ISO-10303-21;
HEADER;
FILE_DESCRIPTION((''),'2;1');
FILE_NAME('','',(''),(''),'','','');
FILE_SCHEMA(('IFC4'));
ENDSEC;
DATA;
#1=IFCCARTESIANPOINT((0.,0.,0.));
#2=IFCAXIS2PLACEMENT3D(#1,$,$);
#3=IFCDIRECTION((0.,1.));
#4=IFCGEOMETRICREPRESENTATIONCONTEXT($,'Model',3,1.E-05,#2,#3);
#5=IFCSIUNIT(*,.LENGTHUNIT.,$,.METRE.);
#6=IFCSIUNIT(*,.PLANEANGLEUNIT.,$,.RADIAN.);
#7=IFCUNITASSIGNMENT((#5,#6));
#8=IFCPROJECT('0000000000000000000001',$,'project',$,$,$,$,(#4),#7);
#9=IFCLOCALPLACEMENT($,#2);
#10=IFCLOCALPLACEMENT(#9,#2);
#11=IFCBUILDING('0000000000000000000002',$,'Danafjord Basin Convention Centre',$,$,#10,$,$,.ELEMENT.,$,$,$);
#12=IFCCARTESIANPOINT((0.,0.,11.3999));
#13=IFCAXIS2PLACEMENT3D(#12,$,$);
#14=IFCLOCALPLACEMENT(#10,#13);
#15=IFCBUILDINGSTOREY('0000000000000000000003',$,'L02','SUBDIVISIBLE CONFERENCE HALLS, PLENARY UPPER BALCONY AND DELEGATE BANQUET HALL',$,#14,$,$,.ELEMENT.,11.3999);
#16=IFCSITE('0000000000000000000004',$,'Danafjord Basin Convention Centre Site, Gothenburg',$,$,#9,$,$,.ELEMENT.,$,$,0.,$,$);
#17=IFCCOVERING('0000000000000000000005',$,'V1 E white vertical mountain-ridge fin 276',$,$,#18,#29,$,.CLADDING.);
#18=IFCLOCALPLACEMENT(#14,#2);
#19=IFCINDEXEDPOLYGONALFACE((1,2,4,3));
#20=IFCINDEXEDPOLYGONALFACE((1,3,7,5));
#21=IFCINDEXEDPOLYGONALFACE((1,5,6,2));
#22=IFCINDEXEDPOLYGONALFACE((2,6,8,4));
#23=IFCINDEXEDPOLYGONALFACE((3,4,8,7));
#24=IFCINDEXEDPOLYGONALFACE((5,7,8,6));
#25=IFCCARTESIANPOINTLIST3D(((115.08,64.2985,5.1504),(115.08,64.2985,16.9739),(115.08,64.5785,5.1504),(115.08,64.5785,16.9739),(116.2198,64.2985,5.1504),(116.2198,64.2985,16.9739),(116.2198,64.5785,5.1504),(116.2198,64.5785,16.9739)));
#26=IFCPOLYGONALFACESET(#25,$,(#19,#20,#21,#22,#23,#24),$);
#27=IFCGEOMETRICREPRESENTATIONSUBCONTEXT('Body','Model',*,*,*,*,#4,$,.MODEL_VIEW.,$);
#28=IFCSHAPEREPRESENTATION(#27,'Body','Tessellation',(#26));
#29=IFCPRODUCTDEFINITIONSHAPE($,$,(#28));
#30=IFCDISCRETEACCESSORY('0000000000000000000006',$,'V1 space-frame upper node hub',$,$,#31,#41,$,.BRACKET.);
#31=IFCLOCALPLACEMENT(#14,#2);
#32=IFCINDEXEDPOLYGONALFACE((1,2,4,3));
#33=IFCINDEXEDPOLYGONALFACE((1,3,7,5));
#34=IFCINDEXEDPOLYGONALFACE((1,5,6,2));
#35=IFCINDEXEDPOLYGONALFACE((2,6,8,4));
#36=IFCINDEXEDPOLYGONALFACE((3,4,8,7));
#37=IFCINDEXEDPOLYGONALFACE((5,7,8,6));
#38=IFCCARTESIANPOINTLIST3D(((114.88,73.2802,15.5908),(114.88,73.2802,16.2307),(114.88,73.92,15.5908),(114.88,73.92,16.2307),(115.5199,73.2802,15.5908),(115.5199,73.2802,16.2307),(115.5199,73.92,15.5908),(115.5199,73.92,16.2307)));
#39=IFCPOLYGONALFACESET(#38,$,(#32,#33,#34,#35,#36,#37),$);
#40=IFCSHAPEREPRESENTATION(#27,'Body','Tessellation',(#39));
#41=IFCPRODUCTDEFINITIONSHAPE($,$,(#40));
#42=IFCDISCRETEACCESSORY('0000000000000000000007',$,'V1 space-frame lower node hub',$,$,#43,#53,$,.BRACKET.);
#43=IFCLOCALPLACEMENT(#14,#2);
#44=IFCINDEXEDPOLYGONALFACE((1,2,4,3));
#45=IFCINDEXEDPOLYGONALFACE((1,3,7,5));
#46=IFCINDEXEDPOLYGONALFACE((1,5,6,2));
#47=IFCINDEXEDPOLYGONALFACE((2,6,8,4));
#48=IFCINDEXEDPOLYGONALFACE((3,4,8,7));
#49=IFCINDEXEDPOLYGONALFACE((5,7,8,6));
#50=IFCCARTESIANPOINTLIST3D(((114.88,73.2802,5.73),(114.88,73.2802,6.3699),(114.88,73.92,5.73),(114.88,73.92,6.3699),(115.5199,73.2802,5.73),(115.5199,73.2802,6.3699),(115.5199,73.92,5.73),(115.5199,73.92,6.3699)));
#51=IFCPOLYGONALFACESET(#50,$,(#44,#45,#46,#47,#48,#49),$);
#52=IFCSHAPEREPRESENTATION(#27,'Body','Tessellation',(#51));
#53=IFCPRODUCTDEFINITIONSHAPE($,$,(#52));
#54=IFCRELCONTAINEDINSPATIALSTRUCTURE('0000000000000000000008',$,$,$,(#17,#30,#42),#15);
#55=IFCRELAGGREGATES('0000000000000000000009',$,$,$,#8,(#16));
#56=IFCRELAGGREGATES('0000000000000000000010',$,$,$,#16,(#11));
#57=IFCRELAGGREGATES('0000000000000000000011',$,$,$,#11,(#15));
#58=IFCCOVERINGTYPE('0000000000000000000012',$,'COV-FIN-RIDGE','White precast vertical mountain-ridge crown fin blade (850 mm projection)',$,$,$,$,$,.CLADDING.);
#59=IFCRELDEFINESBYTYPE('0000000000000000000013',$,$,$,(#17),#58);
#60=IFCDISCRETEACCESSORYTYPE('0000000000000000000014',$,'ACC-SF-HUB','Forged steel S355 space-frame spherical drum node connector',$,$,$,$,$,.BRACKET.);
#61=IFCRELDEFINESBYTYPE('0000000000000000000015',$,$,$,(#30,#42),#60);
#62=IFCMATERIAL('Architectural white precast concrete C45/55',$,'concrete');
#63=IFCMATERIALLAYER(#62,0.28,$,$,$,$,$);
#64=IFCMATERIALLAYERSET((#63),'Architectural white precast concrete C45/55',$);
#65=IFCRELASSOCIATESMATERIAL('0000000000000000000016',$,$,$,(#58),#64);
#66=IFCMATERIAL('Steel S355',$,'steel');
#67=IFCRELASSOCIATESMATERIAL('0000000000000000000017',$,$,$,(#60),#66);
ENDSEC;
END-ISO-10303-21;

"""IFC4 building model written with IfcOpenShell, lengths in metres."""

from ifc_helpers import new_model, si_unit, direction, frame, origin, origin_2d, place, context, subcontext, project, spatial, rectangle, extrude, material, layer, layer_set, type_object, element, save


model = new_model("IFC4")

# Units and contexts
model_context = context("Model", 3, precision=1e-05, world=origin(), true_north=direction((0.0, 1.0)))
body_context = subcontext(model_context, "Body", "Model", "MODEL_VIEW")
ifc_project = project(units=[si_unit("LENGTHUNIT", "METRE"), si_unit("PLANEANGLEUNIT", "RADIAN")], contexts=[model_context])

# Site, building, storey
site_placement = place(None, origin())
site = spatial("IfcSite", under=ifc_project, at=site_placement, Name="Danafjord Basin Convention Centre Site, Gothenburg", CompositionType="ELEMENT", RefElevation=0.0)
building_placement = place(site_placement, origin())
building = spatial("IfcBuilding", under=site, at=building_placement, Name="Danafjord Basin Convention Centre", CompositionType="ELEMENT")
storey_placement = place(building_placement, frame((0.0, 0.0, 11.3999)))
storey = spatial("IfcBuildingStorey", under=building, at=storey_placement, Name="L02", Description="SUBDIVISIBLE CONFERENCE HALLS, PLENARY UPPER BALCONY AND DELEGATE BANQUET HALL", CompositionType="ELEMENT", Elevation=11.3999)

# Shared definitions
ifc_material_1 = material(Name="Steel S355", Category="steel")

# Covering
ifc_material_2 = material(Name="Architectural white precast concrete C45/55", Category="concrete")
ifc_layer_1 = layer(ifc_material_2, 0.28)
ifc_layer_set_1 = layer_set([ifc_layer_1], Name="Architectural white precast concrete C45/55")
covering_type = type_object("IfcCoveringType", Name="COV-FIN-RIDGE", Description="White precast vertical mountain-ridge crown fin blade (850 mm projection)", PredefinedType="CLADDING", material=ifc_layer_set_1)
covering_1_placement = place(storey_placement, frame((115.6499, 64.4385, 5.1504), z_axis=(0.0, 0.0, 1.0), x_axis=(1.0, 0.0, 0.0)))
element("IfcCovering", 1, at=covering_1_placement, inside=storey, type_object=covering_type, Name="V1 E white vertical mountain-ridge fin 276", PredefinedType="CLADDING", context=body_context, shape_type="SweptSolid", body=[
    extrude(rectangle(XDim=1.1399, YDim=0.28, at=origin_2d()), origin(), (0.0, 0.0, 1.0), 11.8235),
])

# Discrete accessories
discrete_accessory_type = type_object("IfcDiscreteAccessoryType", Name="ACC-SF-HUB", Description="Forged steel S355 space-frame spherical drum node connector", PredefinedType="BRACKET", material=ifc_material_1)
for number, where, z_axis, x_axis, name in (
    (2, (115.2, 73.6001, 15.5908), (0.0, 0.0, 1.0), (1.0, 0.0, 0.0), "V1 space-frame upper node hub"),
    (3, (115.2, 73.6001, 5.73), (0.0, 0.0, 1.0), (1.0, 0.0, 0.0), "V1 space-frame lower node hub"),
):
    element("IfcDiscreteAccessory", number, at=place(storey_placement, frame(where, z_axis=z_axis, x_axis=x_axis)), inside=storey, type_object=discrete_accessory_type, Name=name, PredefinedType="BRACKET", context=body_context, shape_type="SweptSolid", body=[
        extrude(rectangle(XDim=0.6399, YDim=0.6399, at=origin_2d()), origin(), (0.0, 0.0, 1.0), 0.6399),
    ])

save(model, "model.ifc")
